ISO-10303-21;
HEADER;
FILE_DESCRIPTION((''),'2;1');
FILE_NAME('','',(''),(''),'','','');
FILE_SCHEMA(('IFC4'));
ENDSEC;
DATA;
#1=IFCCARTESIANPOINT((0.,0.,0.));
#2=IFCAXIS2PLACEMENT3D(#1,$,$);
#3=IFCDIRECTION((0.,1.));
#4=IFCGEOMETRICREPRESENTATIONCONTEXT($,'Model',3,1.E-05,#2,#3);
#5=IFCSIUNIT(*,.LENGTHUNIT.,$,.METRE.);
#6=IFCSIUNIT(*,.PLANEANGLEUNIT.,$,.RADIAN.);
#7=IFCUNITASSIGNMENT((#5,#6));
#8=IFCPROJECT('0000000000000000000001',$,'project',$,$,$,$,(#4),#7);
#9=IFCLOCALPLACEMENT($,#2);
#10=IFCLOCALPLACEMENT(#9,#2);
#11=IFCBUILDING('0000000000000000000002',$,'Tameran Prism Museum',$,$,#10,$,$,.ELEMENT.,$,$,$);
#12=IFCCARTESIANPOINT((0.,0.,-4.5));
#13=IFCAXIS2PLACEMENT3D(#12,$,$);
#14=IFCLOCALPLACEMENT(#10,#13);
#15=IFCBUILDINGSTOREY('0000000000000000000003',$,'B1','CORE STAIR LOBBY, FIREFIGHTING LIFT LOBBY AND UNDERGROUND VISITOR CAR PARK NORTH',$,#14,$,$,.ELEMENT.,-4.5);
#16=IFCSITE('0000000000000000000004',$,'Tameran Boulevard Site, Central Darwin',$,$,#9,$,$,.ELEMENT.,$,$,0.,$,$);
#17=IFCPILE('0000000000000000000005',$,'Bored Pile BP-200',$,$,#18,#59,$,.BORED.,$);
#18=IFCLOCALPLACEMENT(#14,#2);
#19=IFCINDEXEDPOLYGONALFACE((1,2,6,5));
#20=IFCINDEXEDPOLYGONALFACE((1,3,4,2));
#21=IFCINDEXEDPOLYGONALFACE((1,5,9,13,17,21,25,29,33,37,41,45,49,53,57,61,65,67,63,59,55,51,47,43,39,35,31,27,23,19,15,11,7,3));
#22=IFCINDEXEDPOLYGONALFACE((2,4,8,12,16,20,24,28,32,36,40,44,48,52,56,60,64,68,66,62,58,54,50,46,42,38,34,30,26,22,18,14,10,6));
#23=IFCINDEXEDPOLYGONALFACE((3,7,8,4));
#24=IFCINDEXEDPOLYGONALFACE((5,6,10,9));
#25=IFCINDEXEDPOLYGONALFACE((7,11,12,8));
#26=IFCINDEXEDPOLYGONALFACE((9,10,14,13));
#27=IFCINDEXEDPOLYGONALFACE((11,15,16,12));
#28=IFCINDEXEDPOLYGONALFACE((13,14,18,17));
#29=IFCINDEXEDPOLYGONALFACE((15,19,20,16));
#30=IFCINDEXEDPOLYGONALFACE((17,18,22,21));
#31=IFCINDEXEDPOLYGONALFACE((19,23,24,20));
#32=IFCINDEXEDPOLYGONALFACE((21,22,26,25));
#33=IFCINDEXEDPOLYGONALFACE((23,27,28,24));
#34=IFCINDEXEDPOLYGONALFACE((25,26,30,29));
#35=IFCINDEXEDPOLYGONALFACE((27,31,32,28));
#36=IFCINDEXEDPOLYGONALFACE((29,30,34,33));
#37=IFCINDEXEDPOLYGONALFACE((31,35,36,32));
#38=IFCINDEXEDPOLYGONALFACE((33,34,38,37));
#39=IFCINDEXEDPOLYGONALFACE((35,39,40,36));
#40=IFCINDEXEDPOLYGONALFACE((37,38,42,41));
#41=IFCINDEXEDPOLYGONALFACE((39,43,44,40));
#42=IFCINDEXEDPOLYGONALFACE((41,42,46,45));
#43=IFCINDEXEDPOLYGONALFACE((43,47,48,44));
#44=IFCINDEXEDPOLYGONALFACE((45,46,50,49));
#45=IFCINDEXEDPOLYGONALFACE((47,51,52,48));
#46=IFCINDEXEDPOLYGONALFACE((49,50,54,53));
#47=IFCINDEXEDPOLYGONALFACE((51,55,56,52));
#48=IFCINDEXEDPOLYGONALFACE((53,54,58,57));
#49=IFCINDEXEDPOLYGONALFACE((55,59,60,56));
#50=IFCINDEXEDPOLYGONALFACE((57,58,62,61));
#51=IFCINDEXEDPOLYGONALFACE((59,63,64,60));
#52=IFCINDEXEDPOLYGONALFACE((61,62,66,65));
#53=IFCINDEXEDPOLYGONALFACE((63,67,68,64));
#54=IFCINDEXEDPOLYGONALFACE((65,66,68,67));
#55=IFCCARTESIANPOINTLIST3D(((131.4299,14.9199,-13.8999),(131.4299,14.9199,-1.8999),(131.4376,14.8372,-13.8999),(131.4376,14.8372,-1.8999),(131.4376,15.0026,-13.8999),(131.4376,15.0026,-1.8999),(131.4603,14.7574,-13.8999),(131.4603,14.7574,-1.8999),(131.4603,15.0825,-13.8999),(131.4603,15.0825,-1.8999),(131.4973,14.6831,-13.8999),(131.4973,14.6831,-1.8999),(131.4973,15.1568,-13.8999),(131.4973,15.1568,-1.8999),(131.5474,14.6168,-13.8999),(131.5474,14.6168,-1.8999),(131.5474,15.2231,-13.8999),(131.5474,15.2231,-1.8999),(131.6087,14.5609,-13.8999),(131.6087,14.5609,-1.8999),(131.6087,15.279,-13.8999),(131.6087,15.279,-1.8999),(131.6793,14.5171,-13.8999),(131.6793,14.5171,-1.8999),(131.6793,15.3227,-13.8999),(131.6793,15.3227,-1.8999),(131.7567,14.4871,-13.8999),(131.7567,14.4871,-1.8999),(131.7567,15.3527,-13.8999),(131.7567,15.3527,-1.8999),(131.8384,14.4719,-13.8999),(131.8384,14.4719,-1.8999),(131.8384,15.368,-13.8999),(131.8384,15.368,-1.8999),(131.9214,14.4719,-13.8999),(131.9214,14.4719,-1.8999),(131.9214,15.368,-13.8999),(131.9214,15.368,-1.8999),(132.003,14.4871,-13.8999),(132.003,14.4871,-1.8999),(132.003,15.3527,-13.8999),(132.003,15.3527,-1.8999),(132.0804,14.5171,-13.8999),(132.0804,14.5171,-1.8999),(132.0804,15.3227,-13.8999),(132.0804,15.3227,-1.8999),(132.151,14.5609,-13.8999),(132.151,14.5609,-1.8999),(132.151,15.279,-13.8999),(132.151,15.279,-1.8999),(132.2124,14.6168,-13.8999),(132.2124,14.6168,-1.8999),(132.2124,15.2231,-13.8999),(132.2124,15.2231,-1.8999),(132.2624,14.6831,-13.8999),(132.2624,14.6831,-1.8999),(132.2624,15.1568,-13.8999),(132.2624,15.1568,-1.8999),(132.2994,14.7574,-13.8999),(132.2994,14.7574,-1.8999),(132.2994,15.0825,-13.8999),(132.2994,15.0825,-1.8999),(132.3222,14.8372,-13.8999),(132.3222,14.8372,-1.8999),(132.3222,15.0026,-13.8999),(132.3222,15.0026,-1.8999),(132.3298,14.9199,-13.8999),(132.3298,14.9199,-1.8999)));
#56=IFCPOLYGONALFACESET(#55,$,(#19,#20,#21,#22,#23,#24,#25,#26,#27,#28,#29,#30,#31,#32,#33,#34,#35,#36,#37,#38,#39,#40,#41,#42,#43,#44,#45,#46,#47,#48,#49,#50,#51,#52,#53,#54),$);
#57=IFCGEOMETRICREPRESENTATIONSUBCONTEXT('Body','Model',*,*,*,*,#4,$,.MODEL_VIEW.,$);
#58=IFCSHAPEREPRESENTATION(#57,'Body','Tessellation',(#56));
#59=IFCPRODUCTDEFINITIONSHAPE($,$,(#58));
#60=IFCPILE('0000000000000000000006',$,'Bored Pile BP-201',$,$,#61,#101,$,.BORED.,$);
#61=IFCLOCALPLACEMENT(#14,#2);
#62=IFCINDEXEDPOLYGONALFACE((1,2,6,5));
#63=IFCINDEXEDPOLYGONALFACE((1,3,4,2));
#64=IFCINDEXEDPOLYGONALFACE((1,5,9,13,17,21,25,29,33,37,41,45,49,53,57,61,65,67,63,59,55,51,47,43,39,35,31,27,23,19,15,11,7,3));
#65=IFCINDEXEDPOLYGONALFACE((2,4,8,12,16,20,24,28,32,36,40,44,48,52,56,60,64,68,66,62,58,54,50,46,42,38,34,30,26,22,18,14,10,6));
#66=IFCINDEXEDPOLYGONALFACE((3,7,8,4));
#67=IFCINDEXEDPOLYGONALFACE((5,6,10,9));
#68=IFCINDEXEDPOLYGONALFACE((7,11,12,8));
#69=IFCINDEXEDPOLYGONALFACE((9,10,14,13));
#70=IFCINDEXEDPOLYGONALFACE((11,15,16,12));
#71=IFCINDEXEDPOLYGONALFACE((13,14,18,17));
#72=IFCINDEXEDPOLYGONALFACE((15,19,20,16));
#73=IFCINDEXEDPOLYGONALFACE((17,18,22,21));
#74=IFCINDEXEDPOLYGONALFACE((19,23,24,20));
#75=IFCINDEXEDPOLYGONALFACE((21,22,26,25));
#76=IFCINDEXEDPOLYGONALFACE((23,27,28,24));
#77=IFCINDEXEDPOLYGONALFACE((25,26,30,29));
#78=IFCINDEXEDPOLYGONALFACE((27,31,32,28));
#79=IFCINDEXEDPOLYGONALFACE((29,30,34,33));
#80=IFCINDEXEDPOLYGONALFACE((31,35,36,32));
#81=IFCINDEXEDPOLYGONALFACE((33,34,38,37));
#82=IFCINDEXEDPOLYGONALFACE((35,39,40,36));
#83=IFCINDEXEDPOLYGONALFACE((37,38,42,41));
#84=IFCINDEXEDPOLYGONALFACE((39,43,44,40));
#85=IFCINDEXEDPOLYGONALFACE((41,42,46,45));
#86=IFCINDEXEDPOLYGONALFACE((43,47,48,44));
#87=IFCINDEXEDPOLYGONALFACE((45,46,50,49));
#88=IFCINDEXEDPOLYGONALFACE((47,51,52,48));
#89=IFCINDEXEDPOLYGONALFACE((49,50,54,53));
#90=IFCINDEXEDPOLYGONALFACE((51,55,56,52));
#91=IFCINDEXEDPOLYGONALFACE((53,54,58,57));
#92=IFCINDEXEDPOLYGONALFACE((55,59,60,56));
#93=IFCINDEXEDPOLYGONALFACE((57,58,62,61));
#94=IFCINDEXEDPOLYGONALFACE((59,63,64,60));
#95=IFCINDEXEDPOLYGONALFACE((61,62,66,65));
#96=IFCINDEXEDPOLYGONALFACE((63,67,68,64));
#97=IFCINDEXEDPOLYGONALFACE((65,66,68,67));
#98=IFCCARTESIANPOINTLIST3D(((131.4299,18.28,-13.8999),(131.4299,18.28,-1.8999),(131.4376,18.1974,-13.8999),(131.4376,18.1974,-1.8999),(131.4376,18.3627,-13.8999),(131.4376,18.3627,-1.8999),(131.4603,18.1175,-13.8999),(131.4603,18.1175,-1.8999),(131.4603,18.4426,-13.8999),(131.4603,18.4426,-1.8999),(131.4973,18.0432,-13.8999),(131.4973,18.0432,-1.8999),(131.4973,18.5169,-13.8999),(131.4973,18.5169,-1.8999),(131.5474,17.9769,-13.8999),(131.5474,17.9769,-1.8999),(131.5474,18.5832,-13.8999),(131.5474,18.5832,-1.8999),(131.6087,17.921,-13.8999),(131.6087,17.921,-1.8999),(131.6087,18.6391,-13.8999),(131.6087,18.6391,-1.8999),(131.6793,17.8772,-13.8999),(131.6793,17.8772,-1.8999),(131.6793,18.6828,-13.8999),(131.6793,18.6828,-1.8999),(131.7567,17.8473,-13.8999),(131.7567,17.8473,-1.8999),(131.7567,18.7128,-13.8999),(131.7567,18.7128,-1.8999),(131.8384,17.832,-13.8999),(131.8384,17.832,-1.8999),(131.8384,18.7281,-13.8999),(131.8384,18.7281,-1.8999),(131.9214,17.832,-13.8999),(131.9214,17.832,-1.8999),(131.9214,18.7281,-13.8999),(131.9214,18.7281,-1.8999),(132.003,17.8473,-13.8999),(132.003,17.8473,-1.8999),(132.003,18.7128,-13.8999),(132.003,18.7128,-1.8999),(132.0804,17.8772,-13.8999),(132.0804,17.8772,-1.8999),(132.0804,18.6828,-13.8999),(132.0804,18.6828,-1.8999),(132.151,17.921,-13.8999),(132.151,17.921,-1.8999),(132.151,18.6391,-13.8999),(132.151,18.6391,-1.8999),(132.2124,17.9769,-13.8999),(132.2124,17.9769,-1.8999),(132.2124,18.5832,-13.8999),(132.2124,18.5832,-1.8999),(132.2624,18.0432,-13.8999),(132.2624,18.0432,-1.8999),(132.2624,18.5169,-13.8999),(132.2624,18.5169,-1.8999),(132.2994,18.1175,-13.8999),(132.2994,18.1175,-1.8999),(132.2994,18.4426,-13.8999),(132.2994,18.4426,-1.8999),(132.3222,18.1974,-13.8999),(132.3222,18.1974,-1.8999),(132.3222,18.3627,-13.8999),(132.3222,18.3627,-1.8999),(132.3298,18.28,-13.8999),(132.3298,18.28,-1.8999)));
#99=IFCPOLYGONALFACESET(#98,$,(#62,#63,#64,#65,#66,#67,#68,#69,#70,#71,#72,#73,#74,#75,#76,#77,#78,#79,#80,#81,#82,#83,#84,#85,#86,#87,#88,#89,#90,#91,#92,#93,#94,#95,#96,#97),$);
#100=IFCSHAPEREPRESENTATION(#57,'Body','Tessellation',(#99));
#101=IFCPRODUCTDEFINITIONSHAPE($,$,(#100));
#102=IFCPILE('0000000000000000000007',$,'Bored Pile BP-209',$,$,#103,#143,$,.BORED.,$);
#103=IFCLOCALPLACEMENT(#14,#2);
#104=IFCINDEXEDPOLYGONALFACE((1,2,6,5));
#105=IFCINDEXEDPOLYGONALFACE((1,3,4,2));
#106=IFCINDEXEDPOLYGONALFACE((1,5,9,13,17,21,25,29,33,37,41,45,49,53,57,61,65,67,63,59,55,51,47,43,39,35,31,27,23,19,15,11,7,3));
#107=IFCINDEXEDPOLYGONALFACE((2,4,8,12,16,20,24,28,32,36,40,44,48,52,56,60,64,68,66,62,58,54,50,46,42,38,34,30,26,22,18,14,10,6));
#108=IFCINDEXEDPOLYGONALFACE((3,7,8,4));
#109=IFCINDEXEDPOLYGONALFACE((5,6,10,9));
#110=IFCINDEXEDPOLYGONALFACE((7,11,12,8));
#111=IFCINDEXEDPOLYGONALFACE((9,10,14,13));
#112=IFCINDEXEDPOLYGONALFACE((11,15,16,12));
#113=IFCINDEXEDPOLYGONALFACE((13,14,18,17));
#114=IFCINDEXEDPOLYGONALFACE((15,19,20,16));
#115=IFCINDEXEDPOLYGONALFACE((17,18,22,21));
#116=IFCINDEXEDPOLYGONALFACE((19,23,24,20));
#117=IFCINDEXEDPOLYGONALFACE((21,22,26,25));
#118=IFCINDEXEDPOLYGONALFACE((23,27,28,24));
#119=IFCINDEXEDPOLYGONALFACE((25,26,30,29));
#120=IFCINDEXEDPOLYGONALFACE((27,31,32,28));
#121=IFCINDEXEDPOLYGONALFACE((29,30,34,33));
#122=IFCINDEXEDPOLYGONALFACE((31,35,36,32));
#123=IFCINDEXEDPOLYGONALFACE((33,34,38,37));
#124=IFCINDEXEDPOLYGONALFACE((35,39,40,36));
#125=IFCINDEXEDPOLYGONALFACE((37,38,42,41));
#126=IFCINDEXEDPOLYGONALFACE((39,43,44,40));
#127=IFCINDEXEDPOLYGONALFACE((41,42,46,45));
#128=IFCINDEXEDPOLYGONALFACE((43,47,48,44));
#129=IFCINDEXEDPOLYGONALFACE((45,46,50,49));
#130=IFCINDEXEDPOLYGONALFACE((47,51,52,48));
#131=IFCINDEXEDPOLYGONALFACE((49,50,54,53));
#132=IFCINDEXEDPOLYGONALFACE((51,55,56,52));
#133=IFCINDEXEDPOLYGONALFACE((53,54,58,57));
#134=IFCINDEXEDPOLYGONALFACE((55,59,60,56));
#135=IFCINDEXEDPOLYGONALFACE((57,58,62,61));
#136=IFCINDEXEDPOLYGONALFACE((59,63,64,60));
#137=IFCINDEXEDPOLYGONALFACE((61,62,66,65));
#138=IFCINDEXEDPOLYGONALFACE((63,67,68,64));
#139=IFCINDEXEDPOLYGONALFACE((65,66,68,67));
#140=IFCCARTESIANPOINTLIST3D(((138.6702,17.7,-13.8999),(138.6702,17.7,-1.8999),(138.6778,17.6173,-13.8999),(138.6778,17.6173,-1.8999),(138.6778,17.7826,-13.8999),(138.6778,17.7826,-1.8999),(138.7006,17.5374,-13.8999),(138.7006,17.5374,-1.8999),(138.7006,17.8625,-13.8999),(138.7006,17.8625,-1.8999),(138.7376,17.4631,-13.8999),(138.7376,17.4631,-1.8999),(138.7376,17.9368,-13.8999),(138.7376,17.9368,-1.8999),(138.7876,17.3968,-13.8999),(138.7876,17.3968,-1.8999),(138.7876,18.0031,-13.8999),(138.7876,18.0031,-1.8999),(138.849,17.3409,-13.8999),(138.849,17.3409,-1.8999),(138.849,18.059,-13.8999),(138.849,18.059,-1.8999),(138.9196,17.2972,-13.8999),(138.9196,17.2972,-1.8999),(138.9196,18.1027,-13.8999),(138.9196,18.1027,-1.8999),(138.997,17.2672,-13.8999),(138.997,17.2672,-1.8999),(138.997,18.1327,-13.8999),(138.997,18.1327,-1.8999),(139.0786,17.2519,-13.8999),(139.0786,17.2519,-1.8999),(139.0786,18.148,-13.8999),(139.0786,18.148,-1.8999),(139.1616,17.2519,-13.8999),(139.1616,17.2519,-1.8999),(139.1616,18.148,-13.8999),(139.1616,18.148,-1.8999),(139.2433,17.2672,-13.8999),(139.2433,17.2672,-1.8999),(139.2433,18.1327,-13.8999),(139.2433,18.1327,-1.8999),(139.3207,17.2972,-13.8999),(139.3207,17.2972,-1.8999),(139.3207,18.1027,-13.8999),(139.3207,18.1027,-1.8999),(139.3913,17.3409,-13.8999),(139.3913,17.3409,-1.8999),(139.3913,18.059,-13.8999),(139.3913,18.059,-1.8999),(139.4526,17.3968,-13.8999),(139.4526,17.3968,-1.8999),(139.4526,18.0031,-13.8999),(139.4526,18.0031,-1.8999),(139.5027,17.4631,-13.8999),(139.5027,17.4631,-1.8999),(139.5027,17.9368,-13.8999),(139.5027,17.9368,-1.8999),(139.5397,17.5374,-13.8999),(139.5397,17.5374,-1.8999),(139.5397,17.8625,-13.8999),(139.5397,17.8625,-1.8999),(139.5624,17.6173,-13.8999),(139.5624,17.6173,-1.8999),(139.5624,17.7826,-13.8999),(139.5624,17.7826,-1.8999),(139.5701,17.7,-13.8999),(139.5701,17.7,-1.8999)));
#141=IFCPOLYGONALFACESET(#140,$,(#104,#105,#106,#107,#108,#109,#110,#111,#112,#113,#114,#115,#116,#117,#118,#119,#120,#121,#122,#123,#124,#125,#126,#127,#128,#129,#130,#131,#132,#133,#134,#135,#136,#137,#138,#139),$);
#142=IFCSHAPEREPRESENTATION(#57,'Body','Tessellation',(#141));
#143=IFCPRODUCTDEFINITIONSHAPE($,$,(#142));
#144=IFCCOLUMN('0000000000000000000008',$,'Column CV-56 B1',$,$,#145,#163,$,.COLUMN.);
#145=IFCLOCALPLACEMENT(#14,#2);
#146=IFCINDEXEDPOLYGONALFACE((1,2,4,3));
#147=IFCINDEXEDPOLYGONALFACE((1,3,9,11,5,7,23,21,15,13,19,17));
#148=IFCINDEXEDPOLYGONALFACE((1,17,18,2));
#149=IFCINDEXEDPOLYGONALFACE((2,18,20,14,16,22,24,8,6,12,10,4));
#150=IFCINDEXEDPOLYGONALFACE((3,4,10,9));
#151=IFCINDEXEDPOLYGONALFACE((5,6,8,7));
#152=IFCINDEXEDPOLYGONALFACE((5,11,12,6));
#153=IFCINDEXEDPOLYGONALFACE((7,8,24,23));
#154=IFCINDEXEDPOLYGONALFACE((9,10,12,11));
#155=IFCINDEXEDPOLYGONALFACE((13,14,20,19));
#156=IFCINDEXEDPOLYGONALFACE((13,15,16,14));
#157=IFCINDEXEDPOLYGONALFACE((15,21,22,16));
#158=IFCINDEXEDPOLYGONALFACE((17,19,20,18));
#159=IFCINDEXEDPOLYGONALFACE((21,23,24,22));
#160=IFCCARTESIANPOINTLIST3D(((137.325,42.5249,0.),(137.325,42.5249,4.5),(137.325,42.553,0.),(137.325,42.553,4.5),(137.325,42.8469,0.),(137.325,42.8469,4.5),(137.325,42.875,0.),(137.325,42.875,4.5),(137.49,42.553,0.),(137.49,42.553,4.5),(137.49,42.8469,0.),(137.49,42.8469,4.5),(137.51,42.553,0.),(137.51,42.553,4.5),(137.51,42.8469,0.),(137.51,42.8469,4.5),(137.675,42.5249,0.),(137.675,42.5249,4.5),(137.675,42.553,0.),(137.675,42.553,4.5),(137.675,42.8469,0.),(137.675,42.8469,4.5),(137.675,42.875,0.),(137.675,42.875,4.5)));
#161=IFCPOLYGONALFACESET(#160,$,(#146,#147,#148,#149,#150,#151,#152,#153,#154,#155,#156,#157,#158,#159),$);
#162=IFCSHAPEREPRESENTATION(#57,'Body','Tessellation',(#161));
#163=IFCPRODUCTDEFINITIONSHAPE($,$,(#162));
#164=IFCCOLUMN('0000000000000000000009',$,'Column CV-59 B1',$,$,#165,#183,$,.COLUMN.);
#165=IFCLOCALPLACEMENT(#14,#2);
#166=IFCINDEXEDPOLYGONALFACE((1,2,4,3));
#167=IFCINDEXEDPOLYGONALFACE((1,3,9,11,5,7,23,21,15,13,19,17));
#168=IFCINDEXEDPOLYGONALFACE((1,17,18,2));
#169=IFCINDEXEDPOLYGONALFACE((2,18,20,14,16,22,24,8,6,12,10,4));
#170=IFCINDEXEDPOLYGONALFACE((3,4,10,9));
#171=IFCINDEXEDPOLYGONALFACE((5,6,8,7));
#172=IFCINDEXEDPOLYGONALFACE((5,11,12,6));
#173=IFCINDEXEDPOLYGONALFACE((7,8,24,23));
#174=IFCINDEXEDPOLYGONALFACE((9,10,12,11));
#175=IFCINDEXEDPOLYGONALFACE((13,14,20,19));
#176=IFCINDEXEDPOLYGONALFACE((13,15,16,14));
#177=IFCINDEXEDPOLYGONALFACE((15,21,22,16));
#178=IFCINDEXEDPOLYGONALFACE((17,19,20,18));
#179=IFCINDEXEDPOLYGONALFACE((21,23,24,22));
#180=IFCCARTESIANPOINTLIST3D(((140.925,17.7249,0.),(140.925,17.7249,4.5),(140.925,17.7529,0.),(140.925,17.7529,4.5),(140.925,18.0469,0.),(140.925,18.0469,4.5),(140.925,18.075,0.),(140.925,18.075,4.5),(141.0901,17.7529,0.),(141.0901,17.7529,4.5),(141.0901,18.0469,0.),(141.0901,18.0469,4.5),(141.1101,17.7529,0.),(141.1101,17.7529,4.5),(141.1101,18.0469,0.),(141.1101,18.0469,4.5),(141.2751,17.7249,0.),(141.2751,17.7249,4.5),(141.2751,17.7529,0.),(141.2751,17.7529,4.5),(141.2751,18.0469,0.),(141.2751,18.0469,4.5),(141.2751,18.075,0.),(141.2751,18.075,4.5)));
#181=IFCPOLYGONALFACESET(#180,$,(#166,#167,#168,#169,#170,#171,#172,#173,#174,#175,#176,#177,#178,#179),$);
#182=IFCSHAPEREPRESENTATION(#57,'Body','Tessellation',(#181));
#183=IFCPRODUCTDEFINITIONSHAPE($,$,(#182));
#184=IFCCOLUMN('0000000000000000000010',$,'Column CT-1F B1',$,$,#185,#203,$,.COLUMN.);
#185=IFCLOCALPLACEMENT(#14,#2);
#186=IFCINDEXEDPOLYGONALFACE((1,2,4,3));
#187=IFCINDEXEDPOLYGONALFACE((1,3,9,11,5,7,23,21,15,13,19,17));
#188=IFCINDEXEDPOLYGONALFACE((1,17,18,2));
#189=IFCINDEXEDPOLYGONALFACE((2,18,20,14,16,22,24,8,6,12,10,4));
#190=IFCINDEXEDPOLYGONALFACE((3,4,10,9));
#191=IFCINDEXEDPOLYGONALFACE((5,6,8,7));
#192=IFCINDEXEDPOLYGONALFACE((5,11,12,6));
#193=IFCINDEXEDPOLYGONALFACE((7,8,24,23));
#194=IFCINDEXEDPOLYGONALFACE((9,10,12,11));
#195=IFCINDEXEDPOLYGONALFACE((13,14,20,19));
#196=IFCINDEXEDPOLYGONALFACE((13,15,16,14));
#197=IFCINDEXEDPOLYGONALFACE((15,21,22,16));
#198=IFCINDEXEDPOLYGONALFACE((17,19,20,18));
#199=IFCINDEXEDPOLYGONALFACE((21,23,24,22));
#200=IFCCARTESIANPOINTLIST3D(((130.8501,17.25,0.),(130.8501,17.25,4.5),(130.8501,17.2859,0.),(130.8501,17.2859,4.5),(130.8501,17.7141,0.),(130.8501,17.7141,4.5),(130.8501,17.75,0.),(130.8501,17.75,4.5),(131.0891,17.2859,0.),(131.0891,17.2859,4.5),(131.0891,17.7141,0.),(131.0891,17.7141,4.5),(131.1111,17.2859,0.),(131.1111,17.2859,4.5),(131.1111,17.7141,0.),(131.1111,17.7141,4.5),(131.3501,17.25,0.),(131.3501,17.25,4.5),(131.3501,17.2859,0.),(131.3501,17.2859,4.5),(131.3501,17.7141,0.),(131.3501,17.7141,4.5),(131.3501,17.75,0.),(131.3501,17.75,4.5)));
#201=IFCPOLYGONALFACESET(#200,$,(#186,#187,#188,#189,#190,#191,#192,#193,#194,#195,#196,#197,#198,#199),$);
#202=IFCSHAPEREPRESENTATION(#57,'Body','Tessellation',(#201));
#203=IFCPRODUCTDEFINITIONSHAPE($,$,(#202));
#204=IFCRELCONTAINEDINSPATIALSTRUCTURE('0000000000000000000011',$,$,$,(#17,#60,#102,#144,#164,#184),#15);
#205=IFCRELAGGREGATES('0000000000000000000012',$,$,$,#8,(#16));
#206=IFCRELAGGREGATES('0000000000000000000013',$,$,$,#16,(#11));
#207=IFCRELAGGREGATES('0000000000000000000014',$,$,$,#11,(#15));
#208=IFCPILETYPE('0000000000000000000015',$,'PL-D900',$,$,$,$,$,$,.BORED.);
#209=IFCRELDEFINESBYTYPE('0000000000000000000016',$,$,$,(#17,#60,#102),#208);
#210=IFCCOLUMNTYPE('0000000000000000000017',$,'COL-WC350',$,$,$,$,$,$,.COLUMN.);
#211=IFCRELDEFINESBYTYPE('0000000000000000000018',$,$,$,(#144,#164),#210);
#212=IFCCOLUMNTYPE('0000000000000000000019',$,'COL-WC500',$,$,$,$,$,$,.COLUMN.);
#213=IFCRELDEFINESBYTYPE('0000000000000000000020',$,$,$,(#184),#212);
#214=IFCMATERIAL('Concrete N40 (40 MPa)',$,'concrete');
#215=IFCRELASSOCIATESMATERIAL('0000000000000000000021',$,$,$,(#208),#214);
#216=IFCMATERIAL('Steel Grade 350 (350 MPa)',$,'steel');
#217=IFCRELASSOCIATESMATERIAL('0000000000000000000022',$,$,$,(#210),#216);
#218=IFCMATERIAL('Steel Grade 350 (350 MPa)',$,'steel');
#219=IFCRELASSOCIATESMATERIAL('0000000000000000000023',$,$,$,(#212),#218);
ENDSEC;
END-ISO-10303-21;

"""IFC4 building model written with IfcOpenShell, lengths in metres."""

from ifc_helpers import new_model, si_unit, direction, frame, origin, origin_2d, place, context, subcontext, project, spatial, circle, i_section, extrude, material, material_profile, profile_set, type_object, element, save


model = new_model("IFC4")

# Units and contexts
model_context = context("Model", 3, precision=1e-05, world=origin(), true_north=direction((0.0, 1.0)))
body_context = subcontext(model_context, "Body", "Model", "MODEL_VIEW")
ifc_project = project(units=[si_unit("LENGTHUNIT", "METRE"), si_unit("PLANEANGLEUNIT", "RADIAN")], contexts=[model_context])

# Site, building, storey
site_placement = place(None, origin())
site = spatial("IfcSite", under=ifc_project, at=site_placement, Name="Tameran Boulevard Site, Central Darwin", CompositionType="ELEMENT", RefElevation=0.0)
building_placement = place(site_placement, origin())
building = spatial("IfcBuilding", under=site, at=building_placement, Name="Tameran Prism Museum", CompositionType="ELEMENT")
storey_placement = place(building_placement, frame((0.0, 0.0, -4.5)))
storey = spatial("IfcBuildingStorey", under=building, at=storey_placement, Name="B1", Description="CORE STAIR LOBBY, FIREFIGHTING LIFT LOBBY AND UNDERGROUND VISITOR CAR PARK NORTH", CompositionType="ELEMENT", Elevation=-4.5)

# Piles
ifc_material_1 = material(Name="Concrete N40 (40 MPa)", Category="concrete")
ifc_material_profile_1 = material_profile(ifc_material_1, circle(Radius=0.45, at=origin_2d()))
ifc_profile_set_1 = profile_set([ifc_material_profile_1])
pile_type_1 = type_object("IfcPileType", Name="PL-D900", PredefinedType="BORED", material=ifc_profile_set_1)
for number, where, z_axis, x_axis, name in (
    (1, (131.8799, 14.9199, -1.8999), (0.0, 0.0, -1.0), (1.0, 0.0, 0.0), "Bored Pile BP-200"),
    (2, (131.8799, 18.28, -1.8999), (0.0, 0.0, -1.0), (1.0, 0.0, 0.0), "Bored Pile BP-201"),
    (3, (139.1201, 17.7, -1.8999), (0.0, 0.0, -1.0), (1.0, 0.0, 0.0), "Bored Pile BP-209"),
):
    element("IfcPile", number, at=place(storey_placement, frame(where, z_axis=z_axis, x_axis=x_axis)), inside=storey, type_object=pile_type_1, Name=name, PredefinedType="BORED", context=body_context, shape_type="SweptSolid", body=[
        extrude(circle(Radius=0.45, at=origin_2d()), origin(), (0.0, 0.0, 1.0), 12.0),
    ])

# Columns
ifc_material_2 = material(Name="Steel Grade 350 (350 MPa)", Category="steel")
ifc_material_profile_2 = material_profile(ifc_material_2, i_section(OverallWidth=0.3501, OverallDepth=0.3501, WebThickness=0.02, FlangeThickness=0.0281, at=origin_2d()))
ifc_profile_set_2 = profile_set([ifc_material_profile_2])
column_type_1 = type_object("IfcColumnType", Name="COL-WC350", PredefinedType="COLUMN", material=ifc_profile_set_2)
for number, where, z_axis, x_axis, name in (
    (4, (137.5, 42.7, 0.0), (0.0, 0.0, 1.0), (1.0, 0.0, 0.0), "Column CV-56 B1"),
    (5, (141.1001, 17.8999, 0.0), (0.0, 0.0, 1.0), (1.0, 0.0, 0.0), "Column CV-59 B1"),
):
    element("IfcColumn", number, at=place(storey_placement, frame(where, z_axis=z_axis, x_axis=x_axis)), inside=storey, type_object=column_type_1, Name=name, PredefinedType="COLUMN", context=body_context, shape_type="SweptSolid", body=[
        extrude(i_section(OverallWidth=0.3501, OverallDepth=0.3501, WebThickness=0.02, FlangeThickness=0.0281, at=origin_2d()), origin(), (0.0, 0.0, 1.0), 4.5),
    ])
ifc_material_3 = material(Name="Steel Grade 350 (350 MPa)", Category="steel")
ifc_material_profile_3 = material_profile(ifc_material_3, i_section(OverallWidth=0.5, OverallDepth=0.5, WebThickness=0.022, FlangeThickness=0.0359, at=origin_2d()))
ifc_profile_set_3 = profile_set([ifc_material_profile_3])
column_type_2 = type_object("IfcColumnType", Name="COL-WC500", PredefinedType="COLUMN", material=ifc_profile_set_3)
for number, where, z_axis, x_axis, name in (
    (6, (131.1001, 17.5, 0.0), (0.0, 0.0, 1.0), (1.0, 0.0, 0.0), "Column CT-1F B1"),
):
    element("IfcColumn", number, at=place(storey_placement, frame(where, z_axis=z_axis, x_axis=x_axis)), inside=storey, type_object=column_type_2, Name=name, PredefinedType="COLUMN", context=body_context, shape_type="SweptSolid", body=[
        extrude(i_section(OverallWidth=0.5, OverallDepth=0.5, WebThickness=0.022, FlangeThickness=0.0359, at=origin_2d()), origin(), (0.0, 0.0, 1.0), 4.5),
    ])

save(model, "model.ifc")
